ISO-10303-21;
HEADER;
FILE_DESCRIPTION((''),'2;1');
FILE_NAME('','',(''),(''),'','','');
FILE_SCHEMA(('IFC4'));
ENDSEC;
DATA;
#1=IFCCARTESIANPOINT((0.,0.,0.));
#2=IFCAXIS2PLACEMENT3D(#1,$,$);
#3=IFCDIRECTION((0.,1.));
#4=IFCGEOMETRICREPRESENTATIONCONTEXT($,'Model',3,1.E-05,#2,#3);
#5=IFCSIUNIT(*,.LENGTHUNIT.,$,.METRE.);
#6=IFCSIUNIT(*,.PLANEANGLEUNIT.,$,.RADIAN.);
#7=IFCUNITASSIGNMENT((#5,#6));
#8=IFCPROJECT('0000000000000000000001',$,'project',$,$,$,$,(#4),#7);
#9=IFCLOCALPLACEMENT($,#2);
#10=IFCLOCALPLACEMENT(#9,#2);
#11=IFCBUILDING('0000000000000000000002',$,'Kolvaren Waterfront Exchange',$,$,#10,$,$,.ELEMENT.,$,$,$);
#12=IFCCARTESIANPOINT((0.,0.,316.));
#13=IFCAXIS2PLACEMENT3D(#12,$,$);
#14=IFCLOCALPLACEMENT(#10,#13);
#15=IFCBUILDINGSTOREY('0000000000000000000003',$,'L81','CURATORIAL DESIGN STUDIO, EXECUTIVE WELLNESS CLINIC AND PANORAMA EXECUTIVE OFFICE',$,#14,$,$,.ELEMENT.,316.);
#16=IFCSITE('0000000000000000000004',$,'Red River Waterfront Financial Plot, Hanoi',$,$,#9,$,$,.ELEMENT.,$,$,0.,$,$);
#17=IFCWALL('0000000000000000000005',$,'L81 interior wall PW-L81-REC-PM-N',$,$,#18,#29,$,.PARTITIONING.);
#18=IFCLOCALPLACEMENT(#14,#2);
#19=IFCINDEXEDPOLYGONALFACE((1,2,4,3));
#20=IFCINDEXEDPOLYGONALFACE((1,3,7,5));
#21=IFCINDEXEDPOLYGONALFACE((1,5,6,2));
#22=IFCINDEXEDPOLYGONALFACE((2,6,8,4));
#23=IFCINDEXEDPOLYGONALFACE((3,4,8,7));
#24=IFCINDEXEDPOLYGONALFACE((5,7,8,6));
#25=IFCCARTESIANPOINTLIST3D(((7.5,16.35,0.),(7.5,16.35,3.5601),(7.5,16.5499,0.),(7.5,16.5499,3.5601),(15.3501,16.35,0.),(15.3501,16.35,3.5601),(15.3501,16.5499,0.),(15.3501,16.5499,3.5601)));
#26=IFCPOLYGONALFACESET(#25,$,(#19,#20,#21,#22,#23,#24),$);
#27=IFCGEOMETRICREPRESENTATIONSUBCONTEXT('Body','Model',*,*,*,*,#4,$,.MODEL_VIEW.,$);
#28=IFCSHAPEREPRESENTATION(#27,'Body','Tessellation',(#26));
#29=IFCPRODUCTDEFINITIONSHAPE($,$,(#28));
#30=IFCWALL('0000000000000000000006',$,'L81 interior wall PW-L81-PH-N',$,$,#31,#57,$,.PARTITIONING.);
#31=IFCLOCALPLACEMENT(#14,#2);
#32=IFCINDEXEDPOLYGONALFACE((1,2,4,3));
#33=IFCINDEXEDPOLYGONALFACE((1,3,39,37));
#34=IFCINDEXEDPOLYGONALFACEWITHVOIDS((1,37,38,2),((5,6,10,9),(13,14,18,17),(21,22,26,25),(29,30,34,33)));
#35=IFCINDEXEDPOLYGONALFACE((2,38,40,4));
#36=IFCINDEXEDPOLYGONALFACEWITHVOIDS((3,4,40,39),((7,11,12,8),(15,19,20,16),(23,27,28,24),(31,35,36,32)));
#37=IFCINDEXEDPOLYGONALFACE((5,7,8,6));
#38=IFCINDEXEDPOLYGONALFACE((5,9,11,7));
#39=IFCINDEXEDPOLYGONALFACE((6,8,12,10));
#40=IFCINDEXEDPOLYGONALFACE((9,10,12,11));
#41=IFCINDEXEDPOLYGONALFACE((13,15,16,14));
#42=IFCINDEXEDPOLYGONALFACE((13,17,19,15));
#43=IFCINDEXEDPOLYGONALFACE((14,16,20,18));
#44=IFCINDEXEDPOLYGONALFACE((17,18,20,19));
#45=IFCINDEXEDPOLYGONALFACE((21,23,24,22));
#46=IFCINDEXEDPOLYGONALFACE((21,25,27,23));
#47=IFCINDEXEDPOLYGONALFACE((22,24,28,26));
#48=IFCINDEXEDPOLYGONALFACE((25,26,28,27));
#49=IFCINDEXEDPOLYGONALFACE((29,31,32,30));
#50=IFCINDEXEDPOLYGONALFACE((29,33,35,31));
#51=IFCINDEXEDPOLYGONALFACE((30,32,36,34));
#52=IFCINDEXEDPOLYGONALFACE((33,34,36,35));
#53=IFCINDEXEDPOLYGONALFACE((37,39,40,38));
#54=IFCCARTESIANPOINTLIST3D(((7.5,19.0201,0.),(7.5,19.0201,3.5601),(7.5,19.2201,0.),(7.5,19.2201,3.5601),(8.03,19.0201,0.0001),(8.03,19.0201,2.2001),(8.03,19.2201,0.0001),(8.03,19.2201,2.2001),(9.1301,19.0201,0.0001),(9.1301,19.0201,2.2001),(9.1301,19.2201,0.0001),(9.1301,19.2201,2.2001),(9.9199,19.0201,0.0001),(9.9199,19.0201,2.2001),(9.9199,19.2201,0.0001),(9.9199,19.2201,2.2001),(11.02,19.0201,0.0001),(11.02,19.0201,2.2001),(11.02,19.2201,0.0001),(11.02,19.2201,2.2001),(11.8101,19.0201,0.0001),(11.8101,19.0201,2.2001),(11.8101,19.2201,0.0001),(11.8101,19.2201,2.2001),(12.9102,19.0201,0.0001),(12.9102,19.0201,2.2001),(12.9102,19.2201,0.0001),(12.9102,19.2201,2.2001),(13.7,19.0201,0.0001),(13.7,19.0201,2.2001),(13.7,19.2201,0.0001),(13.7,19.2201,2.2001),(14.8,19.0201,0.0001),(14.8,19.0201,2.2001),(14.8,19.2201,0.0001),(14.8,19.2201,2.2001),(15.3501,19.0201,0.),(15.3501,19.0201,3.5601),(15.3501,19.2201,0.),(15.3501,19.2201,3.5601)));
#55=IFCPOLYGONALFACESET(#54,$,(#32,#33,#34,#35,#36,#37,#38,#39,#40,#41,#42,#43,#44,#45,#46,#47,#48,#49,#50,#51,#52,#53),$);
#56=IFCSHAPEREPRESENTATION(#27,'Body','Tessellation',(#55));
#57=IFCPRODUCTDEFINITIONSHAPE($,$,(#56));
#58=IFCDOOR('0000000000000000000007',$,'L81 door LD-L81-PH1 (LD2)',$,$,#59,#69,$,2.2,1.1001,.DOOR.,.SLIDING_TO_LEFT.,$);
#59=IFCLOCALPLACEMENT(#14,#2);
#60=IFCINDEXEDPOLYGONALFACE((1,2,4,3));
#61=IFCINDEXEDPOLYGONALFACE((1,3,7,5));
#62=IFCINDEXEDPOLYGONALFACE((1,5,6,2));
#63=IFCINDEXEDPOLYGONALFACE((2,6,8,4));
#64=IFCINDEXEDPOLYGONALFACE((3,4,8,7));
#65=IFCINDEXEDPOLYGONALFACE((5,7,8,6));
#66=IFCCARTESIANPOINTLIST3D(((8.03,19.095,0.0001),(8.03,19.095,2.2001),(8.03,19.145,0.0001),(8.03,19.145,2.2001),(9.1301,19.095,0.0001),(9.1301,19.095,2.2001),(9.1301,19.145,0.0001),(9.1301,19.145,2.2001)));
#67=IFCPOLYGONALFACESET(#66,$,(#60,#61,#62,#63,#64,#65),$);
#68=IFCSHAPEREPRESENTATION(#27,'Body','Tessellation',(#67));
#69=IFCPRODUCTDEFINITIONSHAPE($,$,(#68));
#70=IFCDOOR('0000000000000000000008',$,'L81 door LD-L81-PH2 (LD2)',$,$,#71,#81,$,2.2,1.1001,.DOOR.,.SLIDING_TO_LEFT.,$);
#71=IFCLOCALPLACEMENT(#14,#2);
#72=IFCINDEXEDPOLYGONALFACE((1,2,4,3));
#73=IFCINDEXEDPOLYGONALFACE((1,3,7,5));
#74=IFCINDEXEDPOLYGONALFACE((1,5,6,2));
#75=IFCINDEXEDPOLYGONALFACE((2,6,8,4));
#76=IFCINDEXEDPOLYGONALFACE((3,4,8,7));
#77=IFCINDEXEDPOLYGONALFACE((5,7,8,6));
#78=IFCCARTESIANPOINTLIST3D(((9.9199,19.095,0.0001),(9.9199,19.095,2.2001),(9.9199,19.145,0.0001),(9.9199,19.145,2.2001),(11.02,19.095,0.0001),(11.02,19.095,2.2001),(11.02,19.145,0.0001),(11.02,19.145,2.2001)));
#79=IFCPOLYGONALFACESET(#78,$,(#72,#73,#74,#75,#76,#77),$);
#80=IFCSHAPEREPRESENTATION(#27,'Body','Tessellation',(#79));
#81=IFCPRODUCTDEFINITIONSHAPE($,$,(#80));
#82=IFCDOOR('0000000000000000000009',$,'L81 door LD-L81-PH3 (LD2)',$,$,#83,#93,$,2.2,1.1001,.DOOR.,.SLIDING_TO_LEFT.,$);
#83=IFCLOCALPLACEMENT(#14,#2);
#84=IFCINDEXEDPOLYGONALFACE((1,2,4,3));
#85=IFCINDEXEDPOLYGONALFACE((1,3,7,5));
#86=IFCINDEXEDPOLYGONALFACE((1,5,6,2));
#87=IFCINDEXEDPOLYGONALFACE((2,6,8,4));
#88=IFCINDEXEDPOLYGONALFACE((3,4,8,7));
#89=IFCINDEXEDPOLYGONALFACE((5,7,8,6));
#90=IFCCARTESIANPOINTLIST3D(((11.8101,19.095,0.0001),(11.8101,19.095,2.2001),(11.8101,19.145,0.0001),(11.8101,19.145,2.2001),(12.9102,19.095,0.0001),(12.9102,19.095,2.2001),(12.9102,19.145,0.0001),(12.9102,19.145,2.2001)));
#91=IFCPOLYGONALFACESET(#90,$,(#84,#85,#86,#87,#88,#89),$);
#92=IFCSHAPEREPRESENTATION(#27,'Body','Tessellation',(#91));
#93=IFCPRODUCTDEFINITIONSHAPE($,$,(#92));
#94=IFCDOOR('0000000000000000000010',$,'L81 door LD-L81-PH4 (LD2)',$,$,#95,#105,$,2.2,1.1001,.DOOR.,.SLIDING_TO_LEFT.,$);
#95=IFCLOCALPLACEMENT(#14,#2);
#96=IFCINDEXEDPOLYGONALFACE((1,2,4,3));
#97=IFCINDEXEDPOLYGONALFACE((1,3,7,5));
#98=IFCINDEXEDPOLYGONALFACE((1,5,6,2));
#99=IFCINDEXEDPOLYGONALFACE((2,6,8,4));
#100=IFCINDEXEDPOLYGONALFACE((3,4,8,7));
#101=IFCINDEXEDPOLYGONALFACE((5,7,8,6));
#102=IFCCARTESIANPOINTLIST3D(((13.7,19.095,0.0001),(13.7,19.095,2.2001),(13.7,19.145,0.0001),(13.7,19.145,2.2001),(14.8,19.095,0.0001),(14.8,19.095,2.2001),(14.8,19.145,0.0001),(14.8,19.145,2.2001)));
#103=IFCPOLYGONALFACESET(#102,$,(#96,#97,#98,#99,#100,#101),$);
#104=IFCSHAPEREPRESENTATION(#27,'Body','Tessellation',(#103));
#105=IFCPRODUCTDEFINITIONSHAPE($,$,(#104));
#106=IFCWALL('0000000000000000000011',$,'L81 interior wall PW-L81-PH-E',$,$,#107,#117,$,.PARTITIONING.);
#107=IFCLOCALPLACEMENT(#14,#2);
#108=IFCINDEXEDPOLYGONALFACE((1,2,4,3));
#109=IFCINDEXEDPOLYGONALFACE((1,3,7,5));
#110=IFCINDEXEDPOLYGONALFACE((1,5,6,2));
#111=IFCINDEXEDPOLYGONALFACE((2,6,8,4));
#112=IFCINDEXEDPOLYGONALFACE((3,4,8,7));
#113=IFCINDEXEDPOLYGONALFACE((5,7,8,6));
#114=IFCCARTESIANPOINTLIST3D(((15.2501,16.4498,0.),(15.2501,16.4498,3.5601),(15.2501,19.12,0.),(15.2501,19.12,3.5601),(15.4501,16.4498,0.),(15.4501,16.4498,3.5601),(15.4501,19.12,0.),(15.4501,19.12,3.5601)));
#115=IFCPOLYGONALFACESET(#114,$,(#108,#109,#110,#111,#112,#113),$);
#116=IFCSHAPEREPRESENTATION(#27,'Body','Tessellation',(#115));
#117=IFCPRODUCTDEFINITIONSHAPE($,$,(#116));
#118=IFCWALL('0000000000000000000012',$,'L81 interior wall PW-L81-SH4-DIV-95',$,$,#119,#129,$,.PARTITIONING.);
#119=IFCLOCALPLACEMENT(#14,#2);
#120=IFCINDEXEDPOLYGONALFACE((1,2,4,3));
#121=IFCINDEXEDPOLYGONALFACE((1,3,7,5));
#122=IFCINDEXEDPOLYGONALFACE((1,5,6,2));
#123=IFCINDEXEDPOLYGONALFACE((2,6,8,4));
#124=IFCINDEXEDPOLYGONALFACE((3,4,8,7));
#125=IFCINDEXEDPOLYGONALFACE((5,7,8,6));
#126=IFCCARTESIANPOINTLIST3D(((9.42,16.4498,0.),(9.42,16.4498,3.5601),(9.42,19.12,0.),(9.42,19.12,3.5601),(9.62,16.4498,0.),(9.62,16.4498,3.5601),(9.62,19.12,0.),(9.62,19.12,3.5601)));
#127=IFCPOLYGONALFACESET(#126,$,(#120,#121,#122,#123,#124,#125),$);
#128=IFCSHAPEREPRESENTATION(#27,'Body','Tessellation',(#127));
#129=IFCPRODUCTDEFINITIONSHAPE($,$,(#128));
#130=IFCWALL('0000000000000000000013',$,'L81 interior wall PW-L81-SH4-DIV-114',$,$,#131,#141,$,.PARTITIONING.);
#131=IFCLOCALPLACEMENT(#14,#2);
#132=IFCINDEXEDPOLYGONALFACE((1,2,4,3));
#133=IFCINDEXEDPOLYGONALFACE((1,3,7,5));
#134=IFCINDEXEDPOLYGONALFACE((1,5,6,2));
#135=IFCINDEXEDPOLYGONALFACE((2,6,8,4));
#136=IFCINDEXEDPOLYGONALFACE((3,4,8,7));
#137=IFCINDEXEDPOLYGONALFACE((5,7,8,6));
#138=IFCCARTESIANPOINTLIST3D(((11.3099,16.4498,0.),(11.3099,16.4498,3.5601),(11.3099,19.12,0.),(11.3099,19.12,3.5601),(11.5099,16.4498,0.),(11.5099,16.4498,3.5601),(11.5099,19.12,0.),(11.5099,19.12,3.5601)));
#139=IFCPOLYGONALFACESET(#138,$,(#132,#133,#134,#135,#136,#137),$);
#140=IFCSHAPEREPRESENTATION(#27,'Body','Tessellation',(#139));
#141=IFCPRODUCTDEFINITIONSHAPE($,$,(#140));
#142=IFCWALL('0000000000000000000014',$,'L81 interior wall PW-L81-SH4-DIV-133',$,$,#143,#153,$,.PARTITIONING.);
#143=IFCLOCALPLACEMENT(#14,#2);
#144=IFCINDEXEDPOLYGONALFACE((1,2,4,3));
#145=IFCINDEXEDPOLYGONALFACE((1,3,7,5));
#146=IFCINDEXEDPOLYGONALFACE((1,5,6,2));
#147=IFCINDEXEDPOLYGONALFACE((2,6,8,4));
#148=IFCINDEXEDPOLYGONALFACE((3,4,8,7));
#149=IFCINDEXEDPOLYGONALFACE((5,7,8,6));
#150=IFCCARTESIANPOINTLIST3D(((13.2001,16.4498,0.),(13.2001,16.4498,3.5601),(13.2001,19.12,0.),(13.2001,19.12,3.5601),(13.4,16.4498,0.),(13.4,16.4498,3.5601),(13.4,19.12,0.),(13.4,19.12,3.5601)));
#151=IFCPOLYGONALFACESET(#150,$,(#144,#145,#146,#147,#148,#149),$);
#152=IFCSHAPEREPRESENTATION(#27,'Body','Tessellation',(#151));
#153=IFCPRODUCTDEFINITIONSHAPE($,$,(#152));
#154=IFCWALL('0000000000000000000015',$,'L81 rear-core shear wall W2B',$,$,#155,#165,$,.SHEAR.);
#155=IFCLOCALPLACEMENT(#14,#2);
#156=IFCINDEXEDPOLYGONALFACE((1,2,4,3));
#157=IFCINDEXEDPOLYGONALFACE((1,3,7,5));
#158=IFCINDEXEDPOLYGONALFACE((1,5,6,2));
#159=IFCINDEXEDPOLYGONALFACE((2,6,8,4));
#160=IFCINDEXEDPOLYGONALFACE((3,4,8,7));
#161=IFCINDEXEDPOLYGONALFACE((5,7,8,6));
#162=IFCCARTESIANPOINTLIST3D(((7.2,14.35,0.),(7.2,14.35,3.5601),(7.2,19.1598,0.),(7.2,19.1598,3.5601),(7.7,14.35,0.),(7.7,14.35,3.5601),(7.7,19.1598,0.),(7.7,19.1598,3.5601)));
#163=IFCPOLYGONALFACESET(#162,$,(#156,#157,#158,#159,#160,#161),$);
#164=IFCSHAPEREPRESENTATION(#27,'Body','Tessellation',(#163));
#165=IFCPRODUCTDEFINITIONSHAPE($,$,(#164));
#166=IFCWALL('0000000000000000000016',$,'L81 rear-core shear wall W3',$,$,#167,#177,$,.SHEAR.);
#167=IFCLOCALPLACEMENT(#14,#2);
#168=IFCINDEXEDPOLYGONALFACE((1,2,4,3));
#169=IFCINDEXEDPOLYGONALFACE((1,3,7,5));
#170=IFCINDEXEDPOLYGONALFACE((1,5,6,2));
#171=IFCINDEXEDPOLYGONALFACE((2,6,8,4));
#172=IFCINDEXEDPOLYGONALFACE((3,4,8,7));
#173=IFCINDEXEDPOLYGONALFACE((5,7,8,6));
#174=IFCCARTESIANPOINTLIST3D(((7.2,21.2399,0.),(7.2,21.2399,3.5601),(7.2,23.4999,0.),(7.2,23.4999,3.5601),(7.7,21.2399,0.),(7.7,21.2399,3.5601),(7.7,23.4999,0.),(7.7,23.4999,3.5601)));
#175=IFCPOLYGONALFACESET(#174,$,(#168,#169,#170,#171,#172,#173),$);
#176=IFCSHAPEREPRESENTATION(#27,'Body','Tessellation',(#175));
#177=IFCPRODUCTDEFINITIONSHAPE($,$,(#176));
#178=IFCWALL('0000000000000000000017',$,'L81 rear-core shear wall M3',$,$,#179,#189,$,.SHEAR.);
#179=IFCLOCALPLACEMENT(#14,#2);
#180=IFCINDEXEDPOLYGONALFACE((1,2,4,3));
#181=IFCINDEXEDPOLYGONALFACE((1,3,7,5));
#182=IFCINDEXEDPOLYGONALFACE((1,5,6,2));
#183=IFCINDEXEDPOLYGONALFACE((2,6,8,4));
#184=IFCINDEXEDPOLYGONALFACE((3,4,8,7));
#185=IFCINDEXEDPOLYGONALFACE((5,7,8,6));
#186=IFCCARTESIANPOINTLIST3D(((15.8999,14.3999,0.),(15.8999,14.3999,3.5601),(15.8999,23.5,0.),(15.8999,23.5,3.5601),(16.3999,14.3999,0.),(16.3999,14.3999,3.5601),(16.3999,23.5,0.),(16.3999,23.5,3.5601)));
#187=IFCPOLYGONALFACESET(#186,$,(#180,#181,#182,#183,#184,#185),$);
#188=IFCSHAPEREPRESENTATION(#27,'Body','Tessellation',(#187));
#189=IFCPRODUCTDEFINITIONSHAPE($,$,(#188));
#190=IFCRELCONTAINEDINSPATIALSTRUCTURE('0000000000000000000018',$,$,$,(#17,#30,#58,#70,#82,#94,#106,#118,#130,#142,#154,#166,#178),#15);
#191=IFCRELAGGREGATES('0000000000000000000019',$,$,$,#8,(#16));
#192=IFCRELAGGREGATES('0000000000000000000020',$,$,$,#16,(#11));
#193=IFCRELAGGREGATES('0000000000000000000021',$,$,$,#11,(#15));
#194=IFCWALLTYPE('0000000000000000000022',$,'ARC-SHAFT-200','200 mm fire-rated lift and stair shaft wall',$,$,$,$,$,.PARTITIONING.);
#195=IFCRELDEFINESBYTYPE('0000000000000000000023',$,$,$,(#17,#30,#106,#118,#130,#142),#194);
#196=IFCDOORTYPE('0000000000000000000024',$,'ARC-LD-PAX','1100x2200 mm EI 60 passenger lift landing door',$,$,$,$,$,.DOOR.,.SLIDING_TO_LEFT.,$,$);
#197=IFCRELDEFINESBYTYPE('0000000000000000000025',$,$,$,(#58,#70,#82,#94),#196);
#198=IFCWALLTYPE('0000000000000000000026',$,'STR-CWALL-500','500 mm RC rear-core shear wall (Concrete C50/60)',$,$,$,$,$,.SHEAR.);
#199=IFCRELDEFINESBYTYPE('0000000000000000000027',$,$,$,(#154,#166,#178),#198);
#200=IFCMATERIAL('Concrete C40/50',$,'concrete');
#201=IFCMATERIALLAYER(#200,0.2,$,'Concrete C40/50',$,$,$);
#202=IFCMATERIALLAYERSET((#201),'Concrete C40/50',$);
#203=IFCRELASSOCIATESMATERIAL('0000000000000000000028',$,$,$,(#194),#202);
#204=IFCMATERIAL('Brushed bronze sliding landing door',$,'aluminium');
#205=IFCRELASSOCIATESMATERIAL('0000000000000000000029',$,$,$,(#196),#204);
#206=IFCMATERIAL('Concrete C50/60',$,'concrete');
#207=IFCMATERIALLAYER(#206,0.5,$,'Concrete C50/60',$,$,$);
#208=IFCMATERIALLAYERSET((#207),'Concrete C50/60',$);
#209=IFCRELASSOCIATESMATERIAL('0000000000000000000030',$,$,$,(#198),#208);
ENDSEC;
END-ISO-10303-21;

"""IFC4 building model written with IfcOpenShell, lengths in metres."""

from ifc_helpers import new_model, si_unit, direction, frame, frame_2d, origin, place, context, subcontext, project, spatial, rectangle, extrude, material, layer, layer_set, type_object, element, fill, save


model = new_model("IFC4")

# Units and contexts
model_context = context("Model", 3, precision=1e-05, world=origin(), true_north=direction((0.0, 1.0)))
body_context = subcontext(model_context, "Body", "Model", "MODEL_VIEW")
ifc_project = project(units=[si_unit("LENGTHUNIT", "METRE"), si_unit("PLANEANGLEUNIT", "RADIAN")], contexts=[model_context])

# Site, building, storey
site_placement = place(None, origin())
site = spatial("IfcSite", under=ifc_project, at=site_placement, Name="Red River Waterfront Financial Plot, Hanoi", CompositionType="ELEMENT", RefElevation=0.0)
building_placement = place(site_placement, origin())
building = spatial("IfcBuilding", under=site, at=building_placement, Name="Kolvaren Waterfront Exchange", CompositionType="ELEMENT")
storey_placement = place(building_placement, frame((0.0, 0.0, 316.0)))
storey = spatial("IfcBuildingStorey", under=building, at=storey_placement, Name="L81", Description="CURATORIAL DESIGN STUDIO, EXECUTIVE WELLNESS CLINIC AND PANORAMA EXECUTIVE OFFICE", CompositionType="ELEMENT", Elevation=316.0)

# Wall
ifc_material_1 = material(Name="Concrete C40/50", Category="concrete")
ifc_layer_1 = layer(ifc_material_1, 0.2, Name="Concrete C40/50")
ifc_layer_set_1 = layer_set([ifc_layer_1], Name="Concrete C40/50")
wall_type_1 = type_object("IfcWallType", Name="ARC-SHAFT-200", Description="200 mm fire-rated lift and stair shaft wall", PredefinedType="PARTITIONING", material=ifc_layer_set_1)
wall_1_placement = place(storey_placement, frame((7.5, 16.45, 0.0), z_axis=(0.0, 0.0, 1.0), x_axis=(1.0, 0.0, 0.0)))
element("IfcWall", 1, at=wall_1_placement, inside=storey, type_object=wall_type_1, Name="L81 interior wall PW-L81-REC-PM-N", PredefinedType="PARTITIONING", context=body_context, shape_type="SweptSolid", body=[
    extrude(rectangle(XDim=7.8501, YDim=0.2, at=frame_2d((3.925, 0.0))), origin(), (0.0, 0.0, 1.0), 3.5601),
])

# Wall, openings, doors
wall_2_placement = place(storey_placement, frame((7.5, 19.1201, 0.0), z_axis=(0.0, 0.0, 1.0), x_axis=(1.0, 0.0, 0.0)))
wall_2 = element("IfcWall", 2, at=wall_2_placement, inside=storey, type_object=wall_type_1, Name="L81 interior wall PW-L81-PH-N", PredefinedType="PARTITIONING", context=body_context, shape_type="SweptSolid", body=[
    extrude(rectangle(XDim=7.8501, YDim=0.2, at=frame_2d((3.925, 0.0))), origin(), (0.0, 0.0, 1.0), 3.5601),
])
opening_1_placement = place(wall_2_placement, frame((0.53, 0.0, 0.0)))
opening_1 = element("IfcOpeningElement", 3, at=opening_1_placement, cuts=wall_2, PredefinedType="OPENING", context=body_context, shape_type="SweptSolid", body=[
    extrude(rectangle(XDim=1.1001, YDim=2.2, at=frame_2d((0.55, 1.1001))), frame((0.0, 0.1099, 0.0), z_axis=(0.0, -1.0, 0.0), x_axis=(1.0, 0.0, 0.0)), (0.0, 0.0, 1.0), 0.22),
])
opening_2_placement = place(wall_2_placement, frame((2.4199, 0.0, 0.0)))
opening_2 = element("IfcOpeningElement", 4, at=opening_2_placement, cuts=wall_2, PredefinedType="OPENING", context=body_context, shape_type="SweptSolid", body=[
    extrude(rectangle(XDim=1.1001, YDim=2.2, at=frame_2d((0.55, 1.1001))), frame((0.0, 0.1099, 0.0), z_axis=(0.0, -1.0, 0.0), x_axis=(1.0, 0.0, 0.0)), (0.0, 0.0, 1.0), 0.22),
])
opening_3_placement = place(wall_2_placement, frame((4.3101, 0.0, 0.0)))
opening_3 = element("IfcOpeningElement", 5, at=opening_3_placement, cuts=wall_2, PredefinedType="OPENING", context=body_context, shape_type="SweptSolid", body=[
    extrude(rectangle(XDim=1.1001, YDim=2.2, at=frame_2d((0.55, 1.1001))), frame((0.0, 0.1099, 0.0), z_axis=(0.0, -1.0, 0.0), x_axis=(1.0, 0.0, 0.0)), (0.0, 0.0, 1.0), 0.22),
])
opening_4_placement = place(wall_2_placement, frame((6.2, 0.0, 0.0)))
opening_4 = element("IfcOpeningElement", 6, at=opening_4_placement, cuts=wall_2, PredefinedType="OPENING", context=body_context, shape_type="SweptSolid", body=[
    extrude(rectangle(XDim=1.1001, YDim=2.2, at=frame_2d((0.55, 1.1001))), frame((0.0, 0.1099, 0.0), z_axis=(0.0, -1.0, 0.0), x_axis=(1.0, 0.0, 0.0)), (0.0, 0.0, 1.0), 0.22),
])
ifc_material_2 = material(Name="Brushed bronze sliding landing door", Category="aluminium")
door_type_1 = type_object("IfcDoorType", Name="ARC-LD-PAX", Description="1100x2200 mm EI 60 passenger lift landing door", OperationType="SLIDING_TO_LEFT", PredefinedType="DOOR", material=ifc_material_2)
door_1_placement = place(opening_1_placement, origin())
door_1 = element("IfcDoor", 7, at=door_1_placement, inside=storey, type_object=door_type_1, Name="L81 door LD-L81-PH1 (LD2)", OperationType="SLIDING_TO_LEFT", OverallHeight=2.2, OverallWidth=1.1001, PredefinedType="DOOR", context=body_context, shape_type="SweptSolid", body=[
    extrude(rectangle(XDim=1.1001, YDim=2.2, at=frame_2d((0.55, 1.1001))), frame((0.0, 0.0249, 0.0), z_axis=(0.0, -1.0, 0.0), x_axis=(1.0, 0.0, 0.0)), (0.0, 0.0, 1.0), 0.05),
])
fill(opening_1, door_1)
door_2_placement = place(opening_2_placement, origin())
door_2 = element("IfcDoor", 8, at=door_2_placement, inside=storey, type_object=door_type_1, Name="L81 door LD-L81-PH2 (LD2)", OperationType="SLIDING_TO_LEFT", OverallHeight=2.2, OverallWidth=1.1001, PredefinedType="DOOR", context=body_context, shape_type="SweptSolid", body=[
    extrude(rectangle(XDim=1.1001, YDim=2.2, at=frame_2d((0.55, 1.1001))), frame((0.0, 0.0249, 0.0), z_axis=(0.0, -1.0, 0.0), x_axis=(1.0, 0.0, 0.0)), (0.0, 0.0, 1.0), 0.05),
])
fill(opening_2, door_2)
door_3_placement = place(opening_3_placement, origin())
door_3 = element("IfcDoor", 9, at=door_3_placement, inside=storey, type_object=door_type_1, Name="L81 door LD-L81-PH3 (LD2)", OperationType="SLIDING_TO_LEFT", OverallHeight=2.2, OverallWidth=1.1001, PredefinedType="DOOR", context=body_context, shape_type="SweptSolid", body=[
    extrude(rectangle(XDim=1.1001, YDim=2.2, at=frame_2d((0.55, 1.1001))), frame((0.0, 0.0249, 0.0), z_axis=(0.0, -1.0, 0.0), x_axis=(1.0, 0.0, 0.0)), (0.0, 0.0, 1.0), 0.05),
])
fill(opening_3, door_3)
door_4_placement = place(opening_4_placement, origin())
door_4 = element("IfcDoor", 10, at=door_4_placement, inside=storey, type_object=door_type_1, Name="L81 door LD-L81-PH4 (LD2)", OperationType="SLIDING_TO_LEFT", OverallHeight=2.2, OverallWidth=1.1001, PredefinedType="DOOR", context=body_context, shape_type="SweptSolid", body=[
    extrude(rectangle(XDim=1.1001, YDim=2.2, at=frame_2d((0.55, 1.1001))), frame((0.0, 0.0249, 0.0), z_axis=(0.0, -1.0, 0.0), x_axis=(1.0, 0.0, 0.0)), (0.0, 0.0, 1.0), 0.05),
])
fill(opening_4, door_4)

# Walls
for number, where, z_axis, x_axis, name in (
    (11, (15.3501, 16.45, 0.0), (0.0, 0.0, 1.0), (0.0, 1.0, 0.0), "L81 interior wall PW-L81-PH-E"),
    (12, (9.52, 16.45, 0.0), (0.0, 0.0, 1.0), (0.0, 1.0, 0.0), "L81 interior wall PW-L81-SH4-DIV-95"),
    (13, (11.4099, 16.45, 0.0), (0.0, 0.0, 1.0), (0.0, 1.0, 0.0), "L81 interior wall PW-L81-SH4-DIV-114"),
    (14, (13.3, 16.45, 0.0), (0.0, 0.0, 1.0), (0.0, 1.0, 0.0), "L81 interior wall PW-L81-SH4-DIV-133"),
):
    element("IfcWall", number, at=place(storey_placement, frame(where, z_axis=z_axis, x_axis=x_axis)), inside=storey, type_object=wall_type_1, Name=name, PredefinedType="PARTITIONING", context=body_context, shape_type="SweptSolid", body=[
        extrude(rectangle(XDim=2.6702, YDim=0.2, at=frame_2d((1.335, 0.0))), origin(), (0.0, 0.0, 1.0), 3.5601),
    ])
ifc_material_3 = material(Name="Concrete C50/60", Category="concrete")
ifc_layer_2 = layer(ifc_material_3, 0.5, Name="Concrete C50/60")
ifc_layer_set_2 = layer_set([ifc_layer_2], Name="Concrete C50/60")
wall_type_2 = type_object("IfcWallType", Name="STR-CWALL-500", Description="500 mm RC rear-core shear wall (Concrete C50/60)", PredefinedType="SHEAR", material=ifc_layer_set_2)
wall_3_placement = place(storey_placement, frame((7.45, 14.3501, 0.0), z_axis=(0.0, 0.0, 1.0), x_axis=(0.0, 1.0, 0.0)))
element("IfcWall", 15, at=wall_3_placement, inside=storey, type_object=wall_type_2, Name="L81 rear-core shear wall W2B", PredefinedType="SHEAR", context=body_context, shape_type="SweptSolid", body=[
    extrude(rectangle(XDim=4.8098, YDim=0.5, at=frame_2d((2.4048, 0.0))), origin(), (0.0, 0.0, 1.0), 3.5601),
])
wall_4_placement = place(storey_placement, frame((7.45, 21.24, 0.0), z_axis=(0.0, 0.0, 1.0), x_axis=(0.0, 1.0, 0.0)))
element("IfcWall", 16, at=wall_4_placement, inside=storey, type_object=wall_type_2, Name="L81 rear-core shear wall W3", PredefinedType="SHEAR", context=body_context, shape_type="SweptSolid", body=[
    extrude(rectangle(XDim=2.26, YDim=0.5, at=frame_2d((1.1299, 0.0))), origin(), (0.0, 0.0, 1.0), 3.5601),
])
wall_5_placement = place(storey_placement, frame((16.1499, 14.3999, 0.0), z_axis=(0.0, 0.0, 1.0), x_axis=(0.0, 1.0, 0.0)))
element("IfcWall", 17, at=wall_5_placement, inside=storey, type_object=wall_type_2, Name="L81 rear-core shear wall M3", PredefinedType="SHEAR", context=body_context, shape_type="SweptSolid", body=[
    extrude(rectangle(XDim=9.1001, YDim=0.5, at=frame_2d((4.55, 0.0))), origin(), (0.0, 0.0, 1.0), 3.5601),
])

save(model, "model.ifc")
